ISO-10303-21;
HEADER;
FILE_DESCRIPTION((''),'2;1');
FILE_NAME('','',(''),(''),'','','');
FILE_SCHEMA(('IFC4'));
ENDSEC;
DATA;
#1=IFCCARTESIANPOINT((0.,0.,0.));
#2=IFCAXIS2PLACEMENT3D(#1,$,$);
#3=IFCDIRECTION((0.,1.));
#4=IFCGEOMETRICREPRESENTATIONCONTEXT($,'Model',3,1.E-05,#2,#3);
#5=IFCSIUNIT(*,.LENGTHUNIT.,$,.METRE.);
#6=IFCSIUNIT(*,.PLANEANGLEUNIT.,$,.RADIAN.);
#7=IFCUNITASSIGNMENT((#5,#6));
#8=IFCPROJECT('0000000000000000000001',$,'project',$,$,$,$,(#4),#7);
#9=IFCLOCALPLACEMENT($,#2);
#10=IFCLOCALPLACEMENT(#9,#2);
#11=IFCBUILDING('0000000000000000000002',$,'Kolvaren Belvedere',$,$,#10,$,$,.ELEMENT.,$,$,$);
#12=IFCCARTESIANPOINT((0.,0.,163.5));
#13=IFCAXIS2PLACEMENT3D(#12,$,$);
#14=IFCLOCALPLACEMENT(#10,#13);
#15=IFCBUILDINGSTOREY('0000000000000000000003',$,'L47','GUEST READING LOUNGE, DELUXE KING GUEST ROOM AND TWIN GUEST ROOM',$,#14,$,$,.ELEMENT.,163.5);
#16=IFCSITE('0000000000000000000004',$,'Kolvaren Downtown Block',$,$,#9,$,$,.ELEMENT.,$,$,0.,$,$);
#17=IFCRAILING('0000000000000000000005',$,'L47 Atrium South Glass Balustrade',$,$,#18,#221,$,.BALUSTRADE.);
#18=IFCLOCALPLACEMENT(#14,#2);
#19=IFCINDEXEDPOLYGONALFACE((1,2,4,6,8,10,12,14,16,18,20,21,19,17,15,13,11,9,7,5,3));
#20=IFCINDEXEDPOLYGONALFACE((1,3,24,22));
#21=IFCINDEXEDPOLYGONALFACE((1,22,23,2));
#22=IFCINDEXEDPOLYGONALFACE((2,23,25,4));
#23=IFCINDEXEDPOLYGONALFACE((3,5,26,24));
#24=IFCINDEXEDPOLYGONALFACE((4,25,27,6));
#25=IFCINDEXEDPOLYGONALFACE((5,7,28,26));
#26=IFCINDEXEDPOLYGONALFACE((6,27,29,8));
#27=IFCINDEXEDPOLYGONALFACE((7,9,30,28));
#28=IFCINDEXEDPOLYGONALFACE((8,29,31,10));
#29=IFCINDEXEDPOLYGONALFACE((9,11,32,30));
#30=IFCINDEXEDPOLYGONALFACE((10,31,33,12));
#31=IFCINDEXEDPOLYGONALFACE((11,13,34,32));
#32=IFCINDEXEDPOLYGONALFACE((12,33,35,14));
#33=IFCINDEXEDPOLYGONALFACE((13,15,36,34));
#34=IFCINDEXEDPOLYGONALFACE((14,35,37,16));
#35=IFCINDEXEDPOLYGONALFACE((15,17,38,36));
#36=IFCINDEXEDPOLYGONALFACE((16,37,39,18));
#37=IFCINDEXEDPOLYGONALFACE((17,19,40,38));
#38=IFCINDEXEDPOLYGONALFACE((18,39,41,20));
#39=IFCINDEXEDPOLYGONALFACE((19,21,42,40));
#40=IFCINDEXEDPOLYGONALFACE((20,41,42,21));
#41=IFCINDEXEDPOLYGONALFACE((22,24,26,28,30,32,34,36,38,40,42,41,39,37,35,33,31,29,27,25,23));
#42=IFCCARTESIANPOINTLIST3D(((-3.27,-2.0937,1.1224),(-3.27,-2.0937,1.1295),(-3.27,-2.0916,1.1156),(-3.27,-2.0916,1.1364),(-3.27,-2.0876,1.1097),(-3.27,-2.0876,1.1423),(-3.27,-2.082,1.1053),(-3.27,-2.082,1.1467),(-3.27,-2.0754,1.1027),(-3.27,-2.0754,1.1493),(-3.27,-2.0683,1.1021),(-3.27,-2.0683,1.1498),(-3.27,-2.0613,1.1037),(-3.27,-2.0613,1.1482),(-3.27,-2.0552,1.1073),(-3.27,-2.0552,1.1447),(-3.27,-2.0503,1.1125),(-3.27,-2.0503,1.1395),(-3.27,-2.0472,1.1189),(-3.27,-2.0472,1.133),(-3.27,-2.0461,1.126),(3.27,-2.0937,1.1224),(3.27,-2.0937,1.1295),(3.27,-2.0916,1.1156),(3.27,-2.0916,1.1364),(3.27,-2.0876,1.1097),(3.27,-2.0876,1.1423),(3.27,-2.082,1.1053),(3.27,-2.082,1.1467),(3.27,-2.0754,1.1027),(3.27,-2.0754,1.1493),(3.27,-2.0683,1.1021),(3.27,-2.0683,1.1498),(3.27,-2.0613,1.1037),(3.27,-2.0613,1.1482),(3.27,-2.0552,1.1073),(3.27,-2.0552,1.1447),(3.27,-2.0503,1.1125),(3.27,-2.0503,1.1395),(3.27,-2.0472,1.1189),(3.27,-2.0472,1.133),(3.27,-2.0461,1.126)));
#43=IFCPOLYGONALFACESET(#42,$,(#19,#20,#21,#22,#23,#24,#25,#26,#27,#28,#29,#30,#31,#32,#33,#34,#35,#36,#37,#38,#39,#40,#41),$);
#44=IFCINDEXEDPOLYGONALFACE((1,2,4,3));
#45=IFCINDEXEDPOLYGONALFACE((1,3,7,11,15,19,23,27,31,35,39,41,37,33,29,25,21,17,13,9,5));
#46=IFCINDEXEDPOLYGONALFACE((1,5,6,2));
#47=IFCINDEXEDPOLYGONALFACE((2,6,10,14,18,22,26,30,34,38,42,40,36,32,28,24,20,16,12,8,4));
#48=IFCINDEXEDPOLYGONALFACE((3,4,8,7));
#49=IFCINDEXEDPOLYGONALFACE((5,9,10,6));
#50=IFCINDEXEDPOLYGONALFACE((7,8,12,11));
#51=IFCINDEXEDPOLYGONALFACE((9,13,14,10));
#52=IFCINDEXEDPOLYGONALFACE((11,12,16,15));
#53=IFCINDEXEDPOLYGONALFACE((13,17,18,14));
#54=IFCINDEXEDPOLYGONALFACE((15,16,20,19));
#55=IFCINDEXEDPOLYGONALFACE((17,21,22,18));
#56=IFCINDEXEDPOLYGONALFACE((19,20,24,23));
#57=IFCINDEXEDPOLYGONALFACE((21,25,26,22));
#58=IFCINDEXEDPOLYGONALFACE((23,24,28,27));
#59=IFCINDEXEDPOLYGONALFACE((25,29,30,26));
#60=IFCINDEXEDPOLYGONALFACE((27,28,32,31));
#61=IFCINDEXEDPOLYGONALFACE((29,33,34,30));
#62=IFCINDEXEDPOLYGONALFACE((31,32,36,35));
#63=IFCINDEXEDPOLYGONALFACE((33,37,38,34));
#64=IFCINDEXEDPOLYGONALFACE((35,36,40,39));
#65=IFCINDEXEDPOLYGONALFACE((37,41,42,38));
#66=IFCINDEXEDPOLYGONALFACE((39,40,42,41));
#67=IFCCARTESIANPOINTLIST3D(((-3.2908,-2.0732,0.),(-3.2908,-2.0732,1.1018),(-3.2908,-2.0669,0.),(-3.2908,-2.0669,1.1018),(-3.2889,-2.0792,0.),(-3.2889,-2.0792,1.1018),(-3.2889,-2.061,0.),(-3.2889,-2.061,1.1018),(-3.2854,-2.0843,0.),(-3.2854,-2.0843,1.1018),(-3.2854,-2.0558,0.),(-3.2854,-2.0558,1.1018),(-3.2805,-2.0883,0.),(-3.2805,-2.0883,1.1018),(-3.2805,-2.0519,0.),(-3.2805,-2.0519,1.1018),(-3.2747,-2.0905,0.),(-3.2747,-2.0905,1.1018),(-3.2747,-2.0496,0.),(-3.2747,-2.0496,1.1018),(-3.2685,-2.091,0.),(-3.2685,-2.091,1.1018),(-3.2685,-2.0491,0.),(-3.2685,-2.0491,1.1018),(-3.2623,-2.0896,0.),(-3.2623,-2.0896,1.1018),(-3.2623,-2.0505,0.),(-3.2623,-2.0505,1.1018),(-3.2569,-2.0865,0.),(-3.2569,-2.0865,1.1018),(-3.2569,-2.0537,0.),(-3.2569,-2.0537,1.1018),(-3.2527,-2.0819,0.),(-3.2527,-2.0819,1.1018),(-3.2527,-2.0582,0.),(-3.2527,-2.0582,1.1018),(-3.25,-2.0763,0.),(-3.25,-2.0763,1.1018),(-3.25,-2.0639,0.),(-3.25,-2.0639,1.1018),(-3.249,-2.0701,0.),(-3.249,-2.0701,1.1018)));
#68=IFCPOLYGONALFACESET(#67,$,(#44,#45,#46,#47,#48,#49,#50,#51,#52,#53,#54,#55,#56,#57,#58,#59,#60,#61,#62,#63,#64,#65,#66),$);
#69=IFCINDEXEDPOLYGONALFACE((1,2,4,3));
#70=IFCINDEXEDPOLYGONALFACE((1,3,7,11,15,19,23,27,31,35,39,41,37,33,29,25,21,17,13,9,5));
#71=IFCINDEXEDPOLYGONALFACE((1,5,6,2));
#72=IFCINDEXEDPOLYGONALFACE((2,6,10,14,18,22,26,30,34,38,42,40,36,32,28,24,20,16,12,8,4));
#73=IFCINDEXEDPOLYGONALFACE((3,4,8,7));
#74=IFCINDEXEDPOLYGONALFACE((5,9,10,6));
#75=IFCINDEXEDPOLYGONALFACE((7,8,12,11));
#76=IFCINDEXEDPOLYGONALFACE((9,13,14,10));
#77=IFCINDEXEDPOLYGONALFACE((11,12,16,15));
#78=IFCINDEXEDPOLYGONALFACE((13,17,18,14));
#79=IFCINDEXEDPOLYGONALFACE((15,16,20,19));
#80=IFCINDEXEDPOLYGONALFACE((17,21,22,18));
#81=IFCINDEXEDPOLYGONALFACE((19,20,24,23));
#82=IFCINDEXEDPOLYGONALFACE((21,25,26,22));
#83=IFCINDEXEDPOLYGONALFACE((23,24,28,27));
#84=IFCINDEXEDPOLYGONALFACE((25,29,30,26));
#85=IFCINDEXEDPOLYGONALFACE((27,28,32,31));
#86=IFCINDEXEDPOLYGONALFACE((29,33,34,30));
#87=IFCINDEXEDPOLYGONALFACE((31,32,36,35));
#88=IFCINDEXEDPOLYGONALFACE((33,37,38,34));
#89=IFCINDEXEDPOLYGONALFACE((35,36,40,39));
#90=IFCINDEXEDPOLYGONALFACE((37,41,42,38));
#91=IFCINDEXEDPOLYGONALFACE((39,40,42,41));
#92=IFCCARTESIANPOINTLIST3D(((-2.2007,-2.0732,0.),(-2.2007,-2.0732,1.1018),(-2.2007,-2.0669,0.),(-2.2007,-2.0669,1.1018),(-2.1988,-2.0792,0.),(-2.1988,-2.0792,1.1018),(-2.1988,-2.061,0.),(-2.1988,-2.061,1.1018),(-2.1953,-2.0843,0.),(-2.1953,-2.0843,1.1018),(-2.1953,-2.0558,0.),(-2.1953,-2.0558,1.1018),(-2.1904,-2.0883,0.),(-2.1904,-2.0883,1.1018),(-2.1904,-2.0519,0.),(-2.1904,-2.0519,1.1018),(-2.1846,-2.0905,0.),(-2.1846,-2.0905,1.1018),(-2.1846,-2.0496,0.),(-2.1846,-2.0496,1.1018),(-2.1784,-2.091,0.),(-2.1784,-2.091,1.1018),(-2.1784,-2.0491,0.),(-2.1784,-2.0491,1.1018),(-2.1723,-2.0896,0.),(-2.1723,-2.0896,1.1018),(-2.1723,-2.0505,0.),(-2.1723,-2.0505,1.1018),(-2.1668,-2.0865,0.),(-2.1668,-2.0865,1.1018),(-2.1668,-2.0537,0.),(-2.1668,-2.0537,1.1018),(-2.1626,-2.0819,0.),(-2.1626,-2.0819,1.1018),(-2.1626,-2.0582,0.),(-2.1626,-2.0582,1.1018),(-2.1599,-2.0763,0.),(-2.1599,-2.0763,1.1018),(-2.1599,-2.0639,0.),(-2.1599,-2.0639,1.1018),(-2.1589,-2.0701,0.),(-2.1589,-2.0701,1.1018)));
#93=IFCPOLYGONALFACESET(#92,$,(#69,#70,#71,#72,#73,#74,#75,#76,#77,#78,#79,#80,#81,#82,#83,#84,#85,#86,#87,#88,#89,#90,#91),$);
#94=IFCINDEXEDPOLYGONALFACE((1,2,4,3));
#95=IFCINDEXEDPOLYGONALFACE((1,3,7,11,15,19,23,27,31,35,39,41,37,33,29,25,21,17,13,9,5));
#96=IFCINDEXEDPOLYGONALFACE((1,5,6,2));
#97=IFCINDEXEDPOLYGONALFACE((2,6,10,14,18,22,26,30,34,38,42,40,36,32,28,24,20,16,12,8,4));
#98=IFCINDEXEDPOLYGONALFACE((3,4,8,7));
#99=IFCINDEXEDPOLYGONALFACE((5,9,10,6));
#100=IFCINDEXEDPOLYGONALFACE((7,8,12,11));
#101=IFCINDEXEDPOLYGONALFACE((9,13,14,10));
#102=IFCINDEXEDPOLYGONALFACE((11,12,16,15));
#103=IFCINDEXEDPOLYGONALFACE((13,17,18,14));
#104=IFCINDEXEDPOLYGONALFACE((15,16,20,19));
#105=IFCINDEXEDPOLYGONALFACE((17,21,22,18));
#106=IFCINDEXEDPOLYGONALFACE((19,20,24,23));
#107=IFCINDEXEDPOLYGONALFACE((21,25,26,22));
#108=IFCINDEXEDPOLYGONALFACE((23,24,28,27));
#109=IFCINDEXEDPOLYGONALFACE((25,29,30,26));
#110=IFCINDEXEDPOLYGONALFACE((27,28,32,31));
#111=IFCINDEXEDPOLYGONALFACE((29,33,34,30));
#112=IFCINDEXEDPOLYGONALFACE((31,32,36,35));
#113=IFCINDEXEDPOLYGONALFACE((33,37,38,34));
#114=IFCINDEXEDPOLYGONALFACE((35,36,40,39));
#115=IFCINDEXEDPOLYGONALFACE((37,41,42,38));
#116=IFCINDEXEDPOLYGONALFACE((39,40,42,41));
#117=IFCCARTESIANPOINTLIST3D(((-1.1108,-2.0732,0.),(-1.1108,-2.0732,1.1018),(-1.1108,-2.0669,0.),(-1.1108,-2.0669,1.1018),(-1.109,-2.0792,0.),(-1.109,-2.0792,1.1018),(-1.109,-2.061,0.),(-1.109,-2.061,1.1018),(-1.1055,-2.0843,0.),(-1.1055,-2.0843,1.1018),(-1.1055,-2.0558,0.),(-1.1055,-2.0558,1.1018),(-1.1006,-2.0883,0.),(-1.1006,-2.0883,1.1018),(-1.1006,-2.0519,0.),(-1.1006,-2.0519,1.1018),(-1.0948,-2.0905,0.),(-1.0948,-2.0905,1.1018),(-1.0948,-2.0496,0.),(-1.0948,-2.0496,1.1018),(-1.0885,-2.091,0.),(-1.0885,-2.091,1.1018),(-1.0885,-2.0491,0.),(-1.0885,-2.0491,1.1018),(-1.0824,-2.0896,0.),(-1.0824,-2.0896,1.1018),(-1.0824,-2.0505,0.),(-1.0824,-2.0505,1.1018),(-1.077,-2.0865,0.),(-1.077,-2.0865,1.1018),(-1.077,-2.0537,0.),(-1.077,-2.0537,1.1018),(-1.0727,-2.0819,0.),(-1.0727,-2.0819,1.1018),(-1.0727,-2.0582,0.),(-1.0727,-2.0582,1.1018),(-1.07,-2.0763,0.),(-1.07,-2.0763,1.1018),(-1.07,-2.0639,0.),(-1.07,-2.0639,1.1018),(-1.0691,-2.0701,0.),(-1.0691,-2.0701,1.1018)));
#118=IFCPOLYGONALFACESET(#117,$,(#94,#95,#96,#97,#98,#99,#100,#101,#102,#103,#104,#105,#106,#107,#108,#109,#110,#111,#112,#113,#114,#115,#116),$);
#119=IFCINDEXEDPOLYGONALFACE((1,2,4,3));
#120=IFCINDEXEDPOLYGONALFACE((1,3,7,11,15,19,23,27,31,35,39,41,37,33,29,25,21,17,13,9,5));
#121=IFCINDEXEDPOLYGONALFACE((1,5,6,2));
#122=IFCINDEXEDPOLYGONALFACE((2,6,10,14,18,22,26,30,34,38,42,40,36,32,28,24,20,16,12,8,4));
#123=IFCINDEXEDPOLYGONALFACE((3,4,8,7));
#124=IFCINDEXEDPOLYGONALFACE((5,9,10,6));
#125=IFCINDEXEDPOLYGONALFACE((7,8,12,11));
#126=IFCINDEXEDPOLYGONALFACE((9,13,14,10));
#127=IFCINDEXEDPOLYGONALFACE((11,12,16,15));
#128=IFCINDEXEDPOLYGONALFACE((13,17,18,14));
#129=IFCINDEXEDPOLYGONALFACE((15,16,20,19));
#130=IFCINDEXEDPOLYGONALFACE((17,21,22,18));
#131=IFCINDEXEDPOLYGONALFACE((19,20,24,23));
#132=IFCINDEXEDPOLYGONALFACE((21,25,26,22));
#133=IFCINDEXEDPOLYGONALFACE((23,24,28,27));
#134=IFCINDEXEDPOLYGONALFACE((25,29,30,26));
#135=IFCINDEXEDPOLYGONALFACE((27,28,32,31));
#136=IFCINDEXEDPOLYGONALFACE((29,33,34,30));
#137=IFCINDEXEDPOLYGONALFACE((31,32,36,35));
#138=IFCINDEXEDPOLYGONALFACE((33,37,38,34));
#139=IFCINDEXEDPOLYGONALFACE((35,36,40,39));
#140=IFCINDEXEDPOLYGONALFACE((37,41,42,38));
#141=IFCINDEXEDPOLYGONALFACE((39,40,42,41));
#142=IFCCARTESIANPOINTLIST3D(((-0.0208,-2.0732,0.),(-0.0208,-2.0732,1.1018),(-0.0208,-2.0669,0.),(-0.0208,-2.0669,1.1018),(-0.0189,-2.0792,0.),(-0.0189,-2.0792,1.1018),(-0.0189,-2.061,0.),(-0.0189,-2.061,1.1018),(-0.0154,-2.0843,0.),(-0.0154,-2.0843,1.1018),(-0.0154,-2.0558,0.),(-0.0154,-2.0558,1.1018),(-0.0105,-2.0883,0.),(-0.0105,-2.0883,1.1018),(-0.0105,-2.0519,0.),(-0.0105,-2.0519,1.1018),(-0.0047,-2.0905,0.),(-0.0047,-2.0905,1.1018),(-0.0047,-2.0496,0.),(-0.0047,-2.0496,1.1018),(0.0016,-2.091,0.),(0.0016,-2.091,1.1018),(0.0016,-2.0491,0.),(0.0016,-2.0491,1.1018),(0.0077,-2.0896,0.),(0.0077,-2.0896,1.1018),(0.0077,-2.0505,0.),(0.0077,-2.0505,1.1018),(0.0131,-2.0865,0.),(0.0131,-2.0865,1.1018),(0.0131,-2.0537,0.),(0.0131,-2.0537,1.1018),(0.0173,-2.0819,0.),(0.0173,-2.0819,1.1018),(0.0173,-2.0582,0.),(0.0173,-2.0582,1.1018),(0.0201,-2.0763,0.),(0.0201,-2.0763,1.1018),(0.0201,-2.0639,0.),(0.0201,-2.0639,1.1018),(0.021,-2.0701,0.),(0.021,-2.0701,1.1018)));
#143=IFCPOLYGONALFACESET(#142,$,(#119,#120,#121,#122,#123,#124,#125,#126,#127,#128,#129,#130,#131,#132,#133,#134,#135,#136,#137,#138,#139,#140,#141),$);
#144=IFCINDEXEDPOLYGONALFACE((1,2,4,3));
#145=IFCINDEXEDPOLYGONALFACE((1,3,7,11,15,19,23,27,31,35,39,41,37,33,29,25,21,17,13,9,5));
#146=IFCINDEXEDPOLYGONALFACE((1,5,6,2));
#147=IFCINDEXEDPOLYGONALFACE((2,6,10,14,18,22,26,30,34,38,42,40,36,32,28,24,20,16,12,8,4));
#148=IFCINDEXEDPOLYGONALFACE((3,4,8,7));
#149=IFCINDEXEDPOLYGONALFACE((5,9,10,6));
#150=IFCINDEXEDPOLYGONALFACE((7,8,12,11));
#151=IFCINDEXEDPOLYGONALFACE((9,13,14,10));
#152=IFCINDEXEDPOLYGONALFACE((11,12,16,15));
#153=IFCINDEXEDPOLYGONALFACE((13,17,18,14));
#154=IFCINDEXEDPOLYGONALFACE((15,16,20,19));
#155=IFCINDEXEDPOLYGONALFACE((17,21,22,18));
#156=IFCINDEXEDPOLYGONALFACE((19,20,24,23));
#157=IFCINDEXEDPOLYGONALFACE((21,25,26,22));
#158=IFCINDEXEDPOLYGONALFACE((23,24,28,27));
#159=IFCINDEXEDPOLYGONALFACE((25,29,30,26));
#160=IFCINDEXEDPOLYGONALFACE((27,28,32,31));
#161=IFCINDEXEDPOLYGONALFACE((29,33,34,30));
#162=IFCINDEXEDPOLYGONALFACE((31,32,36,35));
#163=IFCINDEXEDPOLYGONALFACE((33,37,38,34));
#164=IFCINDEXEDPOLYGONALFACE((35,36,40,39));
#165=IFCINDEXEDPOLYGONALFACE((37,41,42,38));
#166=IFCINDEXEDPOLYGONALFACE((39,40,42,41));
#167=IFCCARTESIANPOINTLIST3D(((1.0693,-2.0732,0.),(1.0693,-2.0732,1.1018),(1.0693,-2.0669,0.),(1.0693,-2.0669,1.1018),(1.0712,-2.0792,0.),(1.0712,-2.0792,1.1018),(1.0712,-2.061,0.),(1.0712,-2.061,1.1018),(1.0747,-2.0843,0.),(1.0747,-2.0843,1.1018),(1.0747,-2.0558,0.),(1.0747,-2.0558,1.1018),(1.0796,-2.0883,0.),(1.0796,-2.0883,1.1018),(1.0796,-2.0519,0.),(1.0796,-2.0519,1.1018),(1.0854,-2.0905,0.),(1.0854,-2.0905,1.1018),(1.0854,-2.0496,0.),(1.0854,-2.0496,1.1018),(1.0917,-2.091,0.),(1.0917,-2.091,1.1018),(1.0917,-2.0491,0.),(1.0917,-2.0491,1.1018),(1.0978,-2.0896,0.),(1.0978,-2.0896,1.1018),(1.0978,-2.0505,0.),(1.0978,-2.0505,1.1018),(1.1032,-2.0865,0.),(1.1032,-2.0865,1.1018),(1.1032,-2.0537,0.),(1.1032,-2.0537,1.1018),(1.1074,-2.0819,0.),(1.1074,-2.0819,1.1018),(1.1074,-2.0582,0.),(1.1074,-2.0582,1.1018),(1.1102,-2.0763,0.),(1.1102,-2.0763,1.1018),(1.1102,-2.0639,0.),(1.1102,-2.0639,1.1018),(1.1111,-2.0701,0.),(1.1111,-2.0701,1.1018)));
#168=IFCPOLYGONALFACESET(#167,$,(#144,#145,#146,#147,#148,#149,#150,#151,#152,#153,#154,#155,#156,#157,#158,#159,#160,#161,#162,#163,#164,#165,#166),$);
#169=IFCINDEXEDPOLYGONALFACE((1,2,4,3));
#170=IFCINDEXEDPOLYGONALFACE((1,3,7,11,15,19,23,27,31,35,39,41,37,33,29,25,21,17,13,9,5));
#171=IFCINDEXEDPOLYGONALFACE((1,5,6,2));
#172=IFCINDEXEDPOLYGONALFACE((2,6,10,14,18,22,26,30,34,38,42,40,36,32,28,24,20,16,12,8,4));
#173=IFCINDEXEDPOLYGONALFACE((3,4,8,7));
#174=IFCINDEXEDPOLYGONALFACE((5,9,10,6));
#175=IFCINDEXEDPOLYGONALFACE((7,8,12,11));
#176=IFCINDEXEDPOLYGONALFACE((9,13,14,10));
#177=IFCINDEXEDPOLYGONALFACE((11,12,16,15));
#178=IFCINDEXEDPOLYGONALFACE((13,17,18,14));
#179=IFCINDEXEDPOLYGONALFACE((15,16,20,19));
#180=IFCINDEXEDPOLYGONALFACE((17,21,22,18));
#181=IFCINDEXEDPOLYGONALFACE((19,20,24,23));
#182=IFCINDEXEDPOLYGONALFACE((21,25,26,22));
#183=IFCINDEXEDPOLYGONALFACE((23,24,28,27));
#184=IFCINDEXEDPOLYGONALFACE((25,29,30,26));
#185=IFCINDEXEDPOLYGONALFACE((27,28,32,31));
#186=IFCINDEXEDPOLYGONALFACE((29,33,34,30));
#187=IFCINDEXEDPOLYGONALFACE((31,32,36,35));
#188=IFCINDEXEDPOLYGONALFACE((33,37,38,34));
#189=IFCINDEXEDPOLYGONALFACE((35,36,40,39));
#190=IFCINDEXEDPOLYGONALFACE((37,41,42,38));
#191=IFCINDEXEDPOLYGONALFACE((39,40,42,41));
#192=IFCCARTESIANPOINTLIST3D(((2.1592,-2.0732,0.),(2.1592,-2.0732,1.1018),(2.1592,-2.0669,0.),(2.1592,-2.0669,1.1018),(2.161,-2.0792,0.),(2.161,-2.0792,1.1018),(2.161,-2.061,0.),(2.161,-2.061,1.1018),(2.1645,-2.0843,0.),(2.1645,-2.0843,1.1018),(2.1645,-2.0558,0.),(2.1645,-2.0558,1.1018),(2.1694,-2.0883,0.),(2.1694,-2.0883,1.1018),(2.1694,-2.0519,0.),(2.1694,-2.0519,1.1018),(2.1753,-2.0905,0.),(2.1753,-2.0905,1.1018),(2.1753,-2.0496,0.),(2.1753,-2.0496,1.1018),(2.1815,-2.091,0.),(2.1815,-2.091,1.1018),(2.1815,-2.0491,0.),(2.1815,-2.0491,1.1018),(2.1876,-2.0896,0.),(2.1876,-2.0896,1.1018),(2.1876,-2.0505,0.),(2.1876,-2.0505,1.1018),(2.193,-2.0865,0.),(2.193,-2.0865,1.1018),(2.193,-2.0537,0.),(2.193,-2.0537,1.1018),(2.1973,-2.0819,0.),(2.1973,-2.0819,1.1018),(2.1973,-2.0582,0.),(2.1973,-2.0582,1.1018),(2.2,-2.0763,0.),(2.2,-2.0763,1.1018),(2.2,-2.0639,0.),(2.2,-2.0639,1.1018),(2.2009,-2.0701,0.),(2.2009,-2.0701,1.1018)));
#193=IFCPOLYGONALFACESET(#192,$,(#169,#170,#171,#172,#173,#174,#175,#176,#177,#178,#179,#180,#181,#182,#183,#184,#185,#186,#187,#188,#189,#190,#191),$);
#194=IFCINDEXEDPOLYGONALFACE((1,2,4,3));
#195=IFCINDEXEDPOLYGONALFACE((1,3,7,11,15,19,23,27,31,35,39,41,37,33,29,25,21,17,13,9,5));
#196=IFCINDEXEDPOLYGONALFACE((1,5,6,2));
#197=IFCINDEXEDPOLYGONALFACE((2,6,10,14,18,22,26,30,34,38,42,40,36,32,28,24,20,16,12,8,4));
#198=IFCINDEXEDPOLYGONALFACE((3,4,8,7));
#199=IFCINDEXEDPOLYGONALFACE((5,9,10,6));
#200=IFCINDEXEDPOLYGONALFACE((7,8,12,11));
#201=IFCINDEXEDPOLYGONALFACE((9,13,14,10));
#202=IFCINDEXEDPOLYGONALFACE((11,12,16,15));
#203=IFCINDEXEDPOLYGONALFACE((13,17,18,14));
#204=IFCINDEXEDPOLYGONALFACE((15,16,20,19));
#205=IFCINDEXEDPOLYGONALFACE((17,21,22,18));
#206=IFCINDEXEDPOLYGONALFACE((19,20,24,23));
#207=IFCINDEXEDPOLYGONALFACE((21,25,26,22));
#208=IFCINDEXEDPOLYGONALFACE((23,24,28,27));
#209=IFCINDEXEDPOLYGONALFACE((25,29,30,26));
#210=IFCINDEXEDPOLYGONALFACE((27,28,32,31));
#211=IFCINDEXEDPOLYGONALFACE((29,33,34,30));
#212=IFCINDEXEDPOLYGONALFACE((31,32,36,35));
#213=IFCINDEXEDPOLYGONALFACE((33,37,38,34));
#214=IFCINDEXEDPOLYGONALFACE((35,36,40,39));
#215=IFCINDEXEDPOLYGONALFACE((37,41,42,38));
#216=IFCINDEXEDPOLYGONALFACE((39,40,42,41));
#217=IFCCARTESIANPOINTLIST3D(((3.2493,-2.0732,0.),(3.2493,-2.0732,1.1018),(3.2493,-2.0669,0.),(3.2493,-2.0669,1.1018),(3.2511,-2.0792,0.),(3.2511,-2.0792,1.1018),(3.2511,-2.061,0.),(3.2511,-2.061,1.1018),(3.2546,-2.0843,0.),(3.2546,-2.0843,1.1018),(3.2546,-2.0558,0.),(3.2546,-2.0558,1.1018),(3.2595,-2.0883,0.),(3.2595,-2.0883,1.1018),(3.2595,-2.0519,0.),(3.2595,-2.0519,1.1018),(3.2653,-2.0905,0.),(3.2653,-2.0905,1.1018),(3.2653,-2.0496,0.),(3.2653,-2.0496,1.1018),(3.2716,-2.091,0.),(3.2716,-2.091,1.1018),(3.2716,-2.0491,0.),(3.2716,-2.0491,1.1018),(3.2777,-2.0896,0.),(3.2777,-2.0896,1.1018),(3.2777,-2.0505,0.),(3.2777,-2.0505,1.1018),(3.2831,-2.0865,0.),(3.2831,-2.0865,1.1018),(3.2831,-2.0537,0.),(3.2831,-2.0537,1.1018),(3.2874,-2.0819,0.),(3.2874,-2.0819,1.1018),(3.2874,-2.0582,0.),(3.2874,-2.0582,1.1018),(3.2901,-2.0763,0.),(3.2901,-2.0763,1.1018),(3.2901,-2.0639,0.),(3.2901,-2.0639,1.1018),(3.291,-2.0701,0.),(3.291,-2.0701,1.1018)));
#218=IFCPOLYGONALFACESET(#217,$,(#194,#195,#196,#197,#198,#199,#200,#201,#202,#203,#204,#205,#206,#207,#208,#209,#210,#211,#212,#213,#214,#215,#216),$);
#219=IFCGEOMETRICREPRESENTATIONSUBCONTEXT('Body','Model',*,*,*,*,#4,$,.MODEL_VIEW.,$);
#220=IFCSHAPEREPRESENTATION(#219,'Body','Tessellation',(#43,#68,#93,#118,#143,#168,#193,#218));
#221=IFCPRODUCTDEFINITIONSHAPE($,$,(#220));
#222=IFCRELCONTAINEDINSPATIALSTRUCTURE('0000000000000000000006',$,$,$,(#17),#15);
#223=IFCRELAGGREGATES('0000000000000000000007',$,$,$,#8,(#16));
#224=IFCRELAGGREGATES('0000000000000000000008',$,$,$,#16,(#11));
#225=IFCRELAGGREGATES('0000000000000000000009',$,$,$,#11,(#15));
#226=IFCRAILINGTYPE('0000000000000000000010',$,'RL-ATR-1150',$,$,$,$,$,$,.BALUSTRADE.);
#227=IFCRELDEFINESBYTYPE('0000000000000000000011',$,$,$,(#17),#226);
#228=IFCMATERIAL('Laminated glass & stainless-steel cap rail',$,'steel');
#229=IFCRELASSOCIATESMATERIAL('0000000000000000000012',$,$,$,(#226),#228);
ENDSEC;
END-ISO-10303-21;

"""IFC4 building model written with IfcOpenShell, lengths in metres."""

from ifc_helpers import new_model, si_unit, direction, frame, origin, origin_2d, place, context, subcontext, project, spatial, circle, extrude, material, type_object, element, save


model = new_model("IFC4")

# Units and contexts
model_context = context("Model", 3, precision=1e-05, world=origin(), true_north=direction((0.0, 1.0)))
body_context = subcontext(model_context, "Body", "Model", "MODEL_VIEW")
ifc_project = project(units=[si_unit("LENGTHUNIT", "METRE"), si_unit("PLANEANGLEUNIT", "RADIAN")], contexts=[model_context])

# Site, building, storey
site_placement = place(None, origin())
site = spatial("IfcSite", under=ifc_project, at=site_placement, Name="Kolvaren Downtown Block", CompositionType="ELEMENT", RefElevation=0.0)
building_placement = place(site_placement, origin())
building = spatial("IfcBuilding", under=site, at=building_placement, Name="Kolvaren Belvedere", CompositionType="ELEMENT")
storey_placement = place(building_placement, frame((0.0, 0.0, 163.5)))
storey = spatial("IfcBuildingStorey", under=building, at=storey_placement, Name="L47", Description="GUEST READING LOUNGE, DELUXE KING GUEST ROOM AND TWIN GUEST ROOM", CompositionType="ELEMENT", Elevation=163.5)

# Railing
ifc_material_1 = material(Name="Laminated glass & stainless-steel cap rail", Category="steel")
railing_type_1 = type_object("IfcRailingType", Name="RL-ATR-1150", PredefinedType="BALUSTRADE", material=ifc_material_1)
railing_1_placement = place(storey_placement, frame((-3.27, -2.0701, 0.0)))
element("IfcRailing", 1, at=railing_1_placement, inside=storey, type_object=railing_type_1, Name="L47 Atrium South Glass Balustrade", PredefinedType="BALUSTRADE", context=body_context, shape_type="SweptSolid", body=[
    extrude(circle(Radius=0.0239, at=origin_2d()), frame((0.0, 0.0, 1.126), z_axis=(1.0, 0.0, 0.0), x_axis=(0.0, 1.0, 0.0)), (0.0, 0.0, 1.0), 6.54),
    extrude(circle(Radius=0.021, at=origin_2d()), origin(), (0.0, 0.0, 1.0), 1.1018),
    extrude(circle(Radius=0.021, at=origin_2d()), frame((1.0901, 0.0, 0.0)), (0.0, 0.0, 1.0), 1.1018),
    extrude(circle(Radius=0.021, at=origin_2d()), frame((2.1799, 0.0, 0.0)), (0.0, 0.0, 1.0), 1.1018),
    extrude(circle(Radius=0.021, at=origin_2d()), frame((3.27, 0.0, 0.0)), (0.0, 0.0, 1.0), 1.1018),
    extrude(circle(Radius=0.021, at=origin_2d()), frame((4.3601, 0.0, 0.0)), (0.0, 0.0, 1.0), 1.1018),
    extrude(circle(Radius=0.021, at=origin_2d()), frame((5.45, 0.0, 0.0)), (0.0, 0.0, 1.0), 1.1018),
    extrude(circle(Radius=0.021, at=origin_2d()), frame((6.54, 0.0, 0.0)), (0.0, 0.0, 1.0), 1.1018),
])

save(model, "model.ifc")
